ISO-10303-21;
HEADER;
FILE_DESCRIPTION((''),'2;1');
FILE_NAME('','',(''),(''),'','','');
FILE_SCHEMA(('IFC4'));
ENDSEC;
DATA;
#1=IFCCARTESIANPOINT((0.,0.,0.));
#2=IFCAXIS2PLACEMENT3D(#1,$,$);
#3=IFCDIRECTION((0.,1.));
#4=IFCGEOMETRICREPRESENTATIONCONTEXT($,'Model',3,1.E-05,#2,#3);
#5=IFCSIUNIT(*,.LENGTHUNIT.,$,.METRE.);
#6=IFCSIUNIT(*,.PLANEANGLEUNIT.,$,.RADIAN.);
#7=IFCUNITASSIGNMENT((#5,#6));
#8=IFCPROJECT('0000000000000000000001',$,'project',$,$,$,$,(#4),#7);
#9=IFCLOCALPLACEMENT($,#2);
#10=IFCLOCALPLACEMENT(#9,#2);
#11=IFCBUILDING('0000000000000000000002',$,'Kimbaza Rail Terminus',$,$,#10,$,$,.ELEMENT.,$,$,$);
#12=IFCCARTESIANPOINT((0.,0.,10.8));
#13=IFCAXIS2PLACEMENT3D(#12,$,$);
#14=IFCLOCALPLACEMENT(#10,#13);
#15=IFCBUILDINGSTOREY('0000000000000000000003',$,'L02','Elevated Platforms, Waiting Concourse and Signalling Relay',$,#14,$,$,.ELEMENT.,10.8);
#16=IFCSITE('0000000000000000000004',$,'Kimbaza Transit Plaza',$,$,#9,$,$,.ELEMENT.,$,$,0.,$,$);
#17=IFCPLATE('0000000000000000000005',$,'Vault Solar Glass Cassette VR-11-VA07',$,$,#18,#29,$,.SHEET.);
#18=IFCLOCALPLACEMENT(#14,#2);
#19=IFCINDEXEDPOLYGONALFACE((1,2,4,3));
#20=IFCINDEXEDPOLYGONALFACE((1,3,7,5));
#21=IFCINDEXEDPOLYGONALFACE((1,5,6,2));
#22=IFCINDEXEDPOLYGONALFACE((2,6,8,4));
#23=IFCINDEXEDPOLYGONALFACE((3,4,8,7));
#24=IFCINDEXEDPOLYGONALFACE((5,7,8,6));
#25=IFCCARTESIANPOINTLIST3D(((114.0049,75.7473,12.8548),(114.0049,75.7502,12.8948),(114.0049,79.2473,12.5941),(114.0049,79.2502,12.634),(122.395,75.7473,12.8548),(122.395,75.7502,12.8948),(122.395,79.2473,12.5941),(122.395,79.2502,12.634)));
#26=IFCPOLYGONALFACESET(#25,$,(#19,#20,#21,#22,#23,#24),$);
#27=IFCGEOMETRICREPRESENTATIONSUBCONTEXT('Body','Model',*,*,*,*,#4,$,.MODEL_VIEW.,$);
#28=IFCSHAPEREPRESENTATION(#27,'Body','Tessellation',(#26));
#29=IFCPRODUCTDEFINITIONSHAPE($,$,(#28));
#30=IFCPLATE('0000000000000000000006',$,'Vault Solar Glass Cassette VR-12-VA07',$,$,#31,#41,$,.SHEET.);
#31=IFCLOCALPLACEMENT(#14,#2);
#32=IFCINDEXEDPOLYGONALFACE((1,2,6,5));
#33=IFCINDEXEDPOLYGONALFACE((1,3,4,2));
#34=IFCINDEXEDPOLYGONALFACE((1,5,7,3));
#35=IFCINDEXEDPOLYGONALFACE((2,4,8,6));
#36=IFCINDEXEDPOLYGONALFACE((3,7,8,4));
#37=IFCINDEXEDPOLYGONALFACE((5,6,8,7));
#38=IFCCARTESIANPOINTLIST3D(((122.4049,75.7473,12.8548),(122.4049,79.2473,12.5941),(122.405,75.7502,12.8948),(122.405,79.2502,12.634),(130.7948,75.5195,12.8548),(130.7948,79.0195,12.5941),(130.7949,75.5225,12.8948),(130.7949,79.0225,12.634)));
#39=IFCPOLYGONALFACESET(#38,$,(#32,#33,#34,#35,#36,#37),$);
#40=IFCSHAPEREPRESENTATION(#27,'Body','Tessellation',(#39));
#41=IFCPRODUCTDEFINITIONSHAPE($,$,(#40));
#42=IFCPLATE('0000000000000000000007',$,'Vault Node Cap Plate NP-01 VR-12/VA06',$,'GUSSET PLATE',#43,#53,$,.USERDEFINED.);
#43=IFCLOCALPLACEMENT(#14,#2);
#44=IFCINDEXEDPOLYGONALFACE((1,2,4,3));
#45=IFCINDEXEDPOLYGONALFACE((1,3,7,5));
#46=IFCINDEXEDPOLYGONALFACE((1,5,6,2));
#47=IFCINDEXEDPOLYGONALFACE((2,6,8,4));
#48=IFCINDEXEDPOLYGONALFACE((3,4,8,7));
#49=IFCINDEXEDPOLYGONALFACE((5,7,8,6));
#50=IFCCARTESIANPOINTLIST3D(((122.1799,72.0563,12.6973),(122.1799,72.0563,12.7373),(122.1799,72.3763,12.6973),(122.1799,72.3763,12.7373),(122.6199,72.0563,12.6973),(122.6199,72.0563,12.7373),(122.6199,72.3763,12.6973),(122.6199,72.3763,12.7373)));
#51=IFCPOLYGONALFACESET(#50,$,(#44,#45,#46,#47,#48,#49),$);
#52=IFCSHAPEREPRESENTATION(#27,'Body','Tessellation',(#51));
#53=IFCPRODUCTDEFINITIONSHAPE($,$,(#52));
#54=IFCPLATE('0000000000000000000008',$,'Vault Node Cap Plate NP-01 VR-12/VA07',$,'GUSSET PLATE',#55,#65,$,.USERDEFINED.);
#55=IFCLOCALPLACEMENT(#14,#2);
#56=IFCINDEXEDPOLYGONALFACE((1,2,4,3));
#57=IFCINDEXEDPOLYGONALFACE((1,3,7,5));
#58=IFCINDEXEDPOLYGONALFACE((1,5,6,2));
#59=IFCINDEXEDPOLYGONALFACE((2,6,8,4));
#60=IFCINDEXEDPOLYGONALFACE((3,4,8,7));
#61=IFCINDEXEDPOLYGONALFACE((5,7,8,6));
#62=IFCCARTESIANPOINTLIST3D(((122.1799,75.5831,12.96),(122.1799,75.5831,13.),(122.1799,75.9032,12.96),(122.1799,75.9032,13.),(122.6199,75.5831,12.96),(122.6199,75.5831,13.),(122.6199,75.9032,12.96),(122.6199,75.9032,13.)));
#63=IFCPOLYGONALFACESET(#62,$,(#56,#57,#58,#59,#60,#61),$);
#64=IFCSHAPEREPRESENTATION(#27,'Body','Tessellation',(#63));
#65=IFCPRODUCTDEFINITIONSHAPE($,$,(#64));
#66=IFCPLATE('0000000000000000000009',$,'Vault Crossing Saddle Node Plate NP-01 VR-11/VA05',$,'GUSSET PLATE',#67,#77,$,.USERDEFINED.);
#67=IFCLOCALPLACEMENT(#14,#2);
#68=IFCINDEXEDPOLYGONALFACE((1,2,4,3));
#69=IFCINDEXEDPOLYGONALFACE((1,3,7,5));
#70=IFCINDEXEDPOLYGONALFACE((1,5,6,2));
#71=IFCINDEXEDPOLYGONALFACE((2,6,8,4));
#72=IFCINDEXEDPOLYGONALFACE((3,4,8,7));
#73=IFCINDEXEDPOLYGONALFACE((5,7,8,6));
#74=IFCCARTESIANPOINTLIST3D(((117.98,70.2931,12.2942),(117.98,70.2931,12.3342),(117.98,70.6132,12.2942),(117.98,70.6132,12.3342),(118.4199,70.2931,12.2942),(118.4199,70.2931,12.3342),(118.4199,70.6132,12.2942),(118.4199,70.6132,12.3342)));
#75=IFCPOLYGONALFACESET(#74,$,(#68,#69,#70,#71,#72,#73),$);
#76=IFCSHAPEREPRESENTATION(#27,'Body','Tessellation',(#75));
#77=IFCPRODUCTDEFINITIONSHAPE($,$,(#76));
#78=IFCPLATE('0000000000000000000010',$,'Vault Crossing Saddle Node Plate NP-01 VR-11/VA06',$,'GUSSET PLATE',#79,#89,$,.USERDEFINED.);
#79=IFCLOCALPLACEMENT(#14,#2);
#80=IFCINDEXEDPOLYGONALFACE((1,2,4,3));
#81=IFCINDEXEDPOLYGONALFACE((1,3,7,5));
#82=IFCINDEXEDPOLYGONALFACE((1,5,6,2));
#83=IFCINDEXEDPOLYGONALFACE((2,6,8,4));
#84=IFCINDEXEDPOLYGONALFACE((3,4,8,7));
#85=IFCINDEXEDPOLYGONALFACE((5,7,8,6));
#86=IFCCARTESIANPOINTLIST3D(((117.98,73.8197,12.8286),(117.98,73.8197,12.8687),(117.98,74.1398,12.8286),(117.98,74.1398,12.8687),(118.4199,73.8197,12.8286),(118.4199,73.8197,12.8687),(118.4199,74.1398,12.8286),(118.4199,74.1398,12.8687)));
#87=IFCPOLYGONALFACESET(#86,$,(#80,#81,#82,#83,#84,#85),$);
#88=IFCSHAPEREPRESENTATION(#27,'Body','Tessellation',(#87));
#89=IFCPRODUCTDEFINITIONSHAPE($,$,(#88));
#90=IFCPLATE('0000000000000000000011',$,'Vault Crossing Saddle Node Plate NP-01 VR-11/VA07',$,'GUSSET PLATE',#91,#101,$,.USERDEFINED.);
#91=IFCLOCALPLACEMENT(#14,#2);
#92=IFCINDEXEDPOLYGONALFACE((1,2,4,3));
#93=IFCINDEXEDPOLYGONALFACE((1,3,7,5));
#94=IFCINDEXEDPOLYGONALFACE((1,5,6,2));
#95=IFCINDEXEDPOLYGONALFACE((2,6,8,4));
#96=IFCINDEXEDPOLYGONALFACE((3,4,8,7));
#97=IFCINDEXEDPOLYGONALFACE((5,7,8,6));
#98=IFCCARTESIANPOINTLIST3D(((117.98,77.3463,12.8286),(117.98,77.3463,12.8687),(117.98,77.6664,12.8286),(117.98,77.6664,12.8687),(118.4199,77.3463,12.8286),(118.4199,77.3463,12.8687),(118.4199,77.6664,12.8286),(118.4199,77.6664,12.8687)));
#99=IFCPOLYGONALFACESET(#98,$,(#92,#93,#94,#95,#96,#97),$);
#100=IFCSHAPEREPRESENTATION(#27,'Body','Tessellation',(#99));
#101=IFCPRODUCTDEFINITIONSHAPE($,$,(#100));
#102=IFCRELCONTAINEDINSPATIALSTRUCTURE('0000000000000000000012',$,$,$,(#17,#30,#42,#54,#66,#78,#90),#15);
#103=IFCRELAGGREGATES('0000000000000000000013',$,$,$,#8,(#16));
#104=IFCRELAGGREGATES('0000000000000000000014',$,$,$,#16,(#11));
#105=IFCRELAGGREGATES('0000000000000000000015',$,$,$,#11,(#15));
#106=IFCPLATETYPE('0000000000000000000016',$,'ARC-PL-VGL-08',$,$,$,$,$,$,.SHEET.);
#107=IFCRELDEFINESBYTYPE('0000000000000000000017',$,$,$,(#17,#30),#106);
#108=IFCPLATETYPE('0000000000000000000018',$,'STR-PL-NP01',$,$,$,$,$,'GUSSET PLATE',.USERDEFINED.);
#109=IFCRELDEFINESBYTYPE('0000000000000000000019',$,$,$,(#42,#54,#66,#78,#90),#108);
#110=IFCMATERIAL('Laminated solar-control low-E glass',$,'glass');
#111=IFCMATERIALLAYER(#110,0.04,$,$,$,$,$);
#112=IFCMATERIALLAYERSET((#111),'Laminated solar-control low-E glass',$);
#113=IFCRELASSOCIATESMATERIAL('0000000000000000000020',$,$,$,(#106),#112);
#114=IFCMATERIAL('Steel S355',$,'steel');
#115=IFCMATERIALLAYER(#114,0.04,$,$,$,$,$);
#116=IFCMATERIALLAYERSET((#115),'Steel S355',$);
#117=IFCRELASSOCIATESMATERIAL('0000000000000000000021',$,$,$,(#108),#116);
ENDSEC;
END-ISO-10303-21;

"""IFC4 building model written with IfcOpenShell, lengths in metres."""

from ifc_helpers import new_model, si_unit, direction, frame, origin, origin_2d, place, context, subcontext, project, spatial, polyline, rectangle, outline, extrude, material, layer, layer_set, type_object, element, save


model = new_model("IFC4")

# Units and contexts
model_context = context("Model", 3, precision=1e-05, world=origin(), true_north=direction((0.0, 1.0)))
body_context = subcontext(model_context, "Body", "Model", "MODEL_VIEW")
ifc_project = project(units=[si_unit("LENGTHUNIT", "METRE"), si_unit("PLANEANGLEUNIT", "RADIAN")], contexts=[model_context])

# Site, building, storey
site_placement = place(None, origin())
site = spatial("IfcSite", under=ifc_project, at=site_placement, Name="Kimbaza Transit Plaza", CompositionType="ELEMENT", RefElevation=0.0)
building_placement = place(site_placement, origin())
building = spatial("IfcBuilding", under=site, at=building_placement, Name="Kimbaza Rail Terminus", CompositionType="ELEMENT")
storey_placement = place(building_placement, frame((0.0, 0.0, 10.8)))
storey = spatial("IfcBuildingStorey", under=building, at=storey_placement, Name="L02", Description="Elevated Platforms, Waiting Concourse and Signalling Relay", CompositionType="ELEMENT", Elevation=10.8)

# Plates
ifc_material_1 = material(Name="Laminated solar-control low-E glass", Category="glass")
ifc_layer_1 = layer(ifc_material_1, 0.04)
ifc_layer_set_1 = layer_set([ifc_layer_1], Name="Laminated solar-control low-E glass")
plate_type_1 = type_object("IfcPlateType", Name="ARC-PL-VGL-08", PredefinedType="SHEET", material=ifc_layer_set_1)
plate_1_placement = place(storey_placement, frame((114.0049, 75.7502, 12.8948), z_axis=(0.0, 0.074292, 0.997237), x_axis=(1.0, 0.0, 0.0)))
element("IfcPlate", 1, at=plate_1_placement, inside=storey, type_object=plate_type_1, Name="Vault Solar Glass Cassette VR-11-VA07", PredefinedType="SHEET", context=body_context, shape_type="SweptSolid", body=[
    extrude(outline(polyline([(0.0, 0.0), (8.3901, 0.0), (8.3901, 3.5097), (0.0, 3.5097), (0.0, 0.0)])), origin(), (0.0, 0.0, -1.0), 0.04),
])
plate_2_placement = place(storey_placement, frame((122.405, 75.7502, 12.8948), z_axis=(0.002017, 0.074292, 0.997235), x_axis=(0.999632, -0.02714, 0.0)))
element("IfcPlate", 2, at=plate_2_placement, inside=storey, type_object=plate_type_1, Name="Vault Solar Glass Cassette VR-12-VA07", PredefinedType="SHEET", context=body_context, shape_type="SweptSolid", body=[
    extrude(outline(polyline([(0.0, 0.0), (8.393, 0.0), (8.298, 3.5084), (-0.095, 3.5084), (0.0, 0.0)])), origin(), (0.0, 0.0, -1.0), 0.04),
])
ifc_material_2 = material(Name="Steel S355", Category="steel")
ifc_layer_2 = layer(ifc_material_2, 0.04)
ifc_layer_set_2 = layer_set([ifc_layer_2], Name="Steel S355")
plate_type_2 = type_object("IfcPlateType", Name="STR-PL-NP01", ElementType="GUSSET PLATE", PredefinedType="USERDEFINED", material=ifc_layer_set_2)
for number, where, z_axis, x_axis, name in (
    (3, (122.3999, 72.2163, 12.6973), (0.0, 0.0, 1.0), (1.0, 0.0, 0.0), "Vault Node Cap Plate NP-01 VR-12/VA06"),
    (4, (122.3999, 75.7432, 12.96), (0.0, 0.0, 1.0), (1.0, 0.0, 0.0), "Vault Node Cap Plate NP-01 VR-12/VA07"),
    (5, (118.2, 70.4531, 12.2942), (0.0, 0.0, 1.0), (1.0, 0.0, 0.0), "Vault Crossing Saddle Node Plate NP-01 VR-11/VA05"),
    (6, (118.2, 73.9797, 12.8286), (0.0, 0.0, 1.0), (1.0, 0.0, 0.0), "Vault Crossing Saddle Node Plate NP-01 VR-11/VA06"),
    (7, (118.2, 77.5063, 12.8286), (0.0, 0.0, 1.0), (1.0, 0.0, 0.0), "Vault Crossing Saddle Node Plate NP-01 VR-11/VA07"),
):
    element("IfcPlate", number, at=place(storey_placement, frame(where, z_axis=z_axis, x_axis=x_axis)), inside=storey, type_object=plate_type_2, Name=name, ObjectType="GUSSET PLATE", PredefinedType="USERDEFINED", context=body_context, shape_type="SweptSolid", body=[
        extrude(rectangle(XDim=0.4399, YDim=0.3201, at=origin_2d()), origin(), (0.0, 0.0, 1.0), 0.04),
    ])

save(model, "model.ifc")
